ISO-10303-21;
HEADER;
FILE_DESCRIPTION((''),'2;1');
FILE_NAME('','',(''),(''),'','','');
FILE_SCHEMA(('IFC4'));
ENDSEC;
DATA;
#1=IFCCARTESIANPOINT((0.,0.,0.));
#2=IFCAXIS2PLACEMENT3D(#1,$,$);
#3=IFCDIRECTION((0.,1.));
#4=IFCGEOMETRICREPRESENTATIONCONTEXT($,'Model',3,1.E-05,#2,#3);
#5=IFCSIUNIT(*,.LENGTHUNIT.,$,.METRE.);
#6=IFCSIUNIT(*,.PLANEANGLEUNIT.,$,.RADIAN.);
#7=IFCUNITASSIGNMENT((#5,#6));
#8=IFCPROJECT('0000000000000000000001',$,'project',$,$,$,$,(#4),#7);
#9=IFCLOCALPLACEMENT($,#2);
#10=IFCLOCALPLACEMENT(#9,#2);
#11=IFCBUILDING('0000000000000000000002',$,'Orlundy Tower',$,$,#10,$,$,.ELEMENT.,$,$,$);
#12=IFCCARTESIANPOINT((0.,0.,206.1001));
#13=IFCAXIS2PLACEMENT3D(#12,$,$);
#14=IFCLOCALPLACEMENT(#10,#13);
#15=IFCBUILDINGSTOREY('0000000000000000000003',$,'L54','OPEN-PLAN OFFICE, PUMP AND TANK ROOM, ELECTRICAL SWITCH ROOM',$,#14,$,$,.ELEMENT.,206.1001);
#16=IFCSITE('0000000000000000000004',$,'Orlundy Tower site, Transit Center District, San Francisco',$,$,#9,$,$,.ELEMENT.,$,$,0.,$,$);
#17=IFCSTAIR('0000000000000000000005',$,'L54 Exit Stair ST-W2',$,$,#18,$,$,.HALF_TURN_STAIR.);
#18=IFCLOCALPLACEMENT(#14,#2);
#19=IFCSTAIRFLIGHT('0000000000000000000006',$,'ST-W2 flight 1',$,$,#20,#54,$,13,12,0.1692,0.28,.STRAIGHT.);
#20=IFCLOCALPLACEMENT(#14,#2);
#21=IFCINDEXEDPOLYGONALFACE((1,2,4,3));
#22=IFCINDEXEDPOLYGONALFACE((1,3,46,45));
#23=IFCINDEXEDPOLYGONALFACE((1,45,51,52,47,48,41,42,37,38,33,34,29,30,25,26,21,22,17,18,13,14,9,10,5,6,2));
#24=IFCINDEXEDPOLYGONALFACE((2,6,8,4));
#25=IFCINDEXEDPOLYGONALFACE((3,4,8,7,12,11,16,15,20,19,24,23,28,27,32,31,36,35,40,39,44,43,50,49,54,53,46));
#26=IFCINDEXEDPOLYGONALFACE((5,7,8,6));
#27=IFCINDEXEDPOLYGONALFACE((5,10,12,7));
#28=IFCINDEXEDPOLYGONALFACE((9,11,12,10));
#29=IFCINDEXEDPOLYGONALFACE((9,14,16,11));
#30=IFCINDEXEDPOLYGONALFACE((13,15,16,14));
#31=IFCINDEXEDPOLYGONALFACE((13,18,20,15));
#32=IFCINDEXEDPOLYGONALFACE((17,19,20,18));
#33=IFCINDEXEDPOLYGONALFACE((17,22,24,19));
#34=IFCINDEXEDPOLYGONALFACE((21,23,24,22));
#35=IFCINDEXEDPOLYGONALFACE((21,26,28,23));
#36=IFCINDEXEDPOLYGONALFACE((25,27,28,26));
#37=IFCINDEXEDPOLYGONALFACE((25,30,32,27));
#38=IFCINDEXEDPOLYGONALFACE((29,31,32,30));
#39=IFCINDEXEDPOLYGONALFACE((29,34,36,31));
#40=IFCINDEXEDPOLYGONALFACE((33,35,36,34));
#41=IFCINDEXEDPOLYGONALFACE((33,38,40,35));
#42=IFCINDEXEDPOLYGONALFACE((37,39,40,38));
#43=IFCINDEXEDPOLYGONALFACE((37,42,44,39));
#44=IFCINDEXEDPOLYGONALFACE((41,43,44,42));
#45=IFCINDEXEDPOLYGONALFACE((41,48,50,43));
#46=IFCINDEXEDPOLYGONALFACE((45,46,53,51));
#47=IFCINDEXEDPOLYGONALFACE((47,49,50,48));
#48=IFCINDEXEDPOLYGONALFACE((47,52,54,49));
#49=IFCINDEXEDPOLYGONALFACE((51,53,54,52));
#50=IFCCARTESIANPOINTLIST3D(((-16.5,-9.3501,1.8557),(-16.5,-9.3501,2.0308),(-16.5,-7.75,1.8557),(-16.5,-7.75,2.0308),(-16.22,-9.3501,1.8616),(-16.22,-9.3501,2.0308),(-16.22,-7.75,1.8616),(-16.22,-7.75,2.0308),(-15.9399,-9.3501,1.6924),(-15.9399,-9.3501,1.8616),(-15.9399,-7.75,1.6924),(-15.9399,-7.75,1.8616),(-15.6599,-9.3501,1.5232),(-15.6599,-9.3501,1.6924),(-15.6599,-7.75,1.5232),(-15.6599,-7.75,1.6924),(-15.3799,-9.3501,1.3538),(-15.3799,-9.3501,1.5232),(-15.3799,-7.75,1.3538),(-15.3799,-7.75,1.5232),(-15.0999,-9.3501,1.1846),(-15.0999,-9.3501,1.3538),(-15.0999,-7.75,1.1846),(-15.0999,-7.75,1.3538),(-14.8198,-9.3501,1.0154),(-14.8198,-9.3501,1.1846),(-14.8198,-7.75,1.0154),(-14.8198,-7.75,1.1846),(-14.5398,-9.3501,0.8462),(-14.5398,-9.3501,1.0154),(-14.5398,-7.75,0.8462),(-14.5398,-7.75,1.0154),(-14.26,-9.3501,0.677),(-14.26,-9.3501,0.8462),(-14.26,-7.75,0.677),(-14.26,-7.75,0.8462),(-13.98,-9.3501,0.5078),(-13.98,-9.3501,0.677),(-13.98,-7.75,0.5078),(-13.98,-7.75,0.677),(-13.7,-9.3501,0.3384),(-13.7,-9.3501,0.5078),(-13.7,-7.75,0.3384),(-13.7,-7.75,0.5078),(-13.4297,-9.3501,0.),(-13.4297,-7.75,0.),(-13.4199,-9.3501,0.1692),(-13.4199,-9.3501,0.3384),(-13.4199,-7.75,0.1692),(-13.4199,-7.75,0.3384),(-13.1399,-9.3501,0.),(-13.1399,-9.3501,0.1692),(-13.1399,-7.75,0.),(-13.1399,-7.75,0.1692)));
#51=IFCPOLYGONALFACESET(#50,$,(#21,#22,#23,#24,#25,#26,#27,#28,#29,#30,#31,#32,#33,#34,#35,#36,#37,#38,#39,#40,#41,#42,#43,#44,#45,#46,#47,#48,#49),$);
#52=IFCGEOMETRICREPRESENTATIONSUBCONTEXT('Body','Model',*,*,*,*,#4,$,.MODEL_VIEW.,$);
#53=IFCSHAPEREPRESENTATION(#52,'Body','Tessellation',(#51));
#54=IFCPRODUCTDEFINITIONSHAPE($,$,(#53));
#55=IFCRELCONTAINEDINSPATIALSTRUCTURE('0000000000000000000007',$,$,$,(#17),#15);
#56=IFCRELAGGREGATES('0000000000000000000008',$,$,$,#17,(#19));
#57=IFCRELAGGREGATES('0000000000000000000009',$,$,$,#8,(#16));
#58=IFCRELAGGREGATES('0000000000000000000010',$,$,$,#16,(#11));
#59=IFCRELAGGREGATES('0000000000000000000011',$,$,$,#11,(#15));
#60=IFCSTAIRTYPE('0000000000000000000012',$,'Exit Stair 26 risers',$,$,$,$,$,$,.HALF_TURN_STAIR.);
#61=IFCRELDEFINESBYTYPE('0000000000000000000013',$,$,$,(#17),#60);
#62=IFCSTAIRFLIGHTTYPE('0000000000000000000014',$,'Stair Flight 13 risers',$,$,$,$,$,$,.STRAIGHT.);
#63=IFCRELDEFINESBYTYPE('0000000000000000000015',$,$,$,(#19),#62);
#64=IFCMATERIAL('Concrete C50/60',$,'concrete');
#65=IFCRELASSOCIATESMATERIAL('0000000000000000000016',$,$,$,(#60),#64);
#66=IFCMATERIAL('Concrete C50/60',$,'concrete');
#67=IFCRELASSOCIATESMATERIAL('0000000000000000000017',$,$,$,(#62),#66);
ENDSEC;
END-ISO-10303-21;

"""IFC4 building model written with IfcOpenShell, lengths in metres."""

from ifc_helpers import new_model, si_unit, direction, frame, origin, place, context, subcontext, project, spatial, polyline, outline, extrude, material, type_object, element, aggregate, save


model = new_model("IFC4")

# Units and contexts
model_context = context("Model", 3, precision=1e-05, world=origin(), true_north=direction((0.0, 1.0)))
body_context = subcontext(model_context, "Body", "Model", "MODEL_VIEW")
ifc_project = project(units=[si_unit("LENGTHUNIT", "METRE"), si_unit("PLANEANGLEUNIT", "RADIAN")], contexts=[model_context])

# Site, building, storey
site_placement = place(None, origin())
site = spatial("IfcSite", under=ifc_project, at=site_placement, Name="Orlundy Tower site, Transit Center District, San Francisco", CompositionType="ELEMENT", RefElevation=0.0)
building_placement = place(site_placement, origin())
building = spatial("IfcBuilding", under=site, at=building_placement, Name="Orlundy Tower", CompositionType="ELEMENT")
storey_placement = place(building_placement, frame((0.0, 0.0, 206.1001)))
storey = spatial("IfcBuildingStorey", under=building, at=storey_placement, Name="L54", Description="OPEN-PLAN OFFICE, PUMP AND TANK ROOM, ELECTRICAL SWITCH ROOM", CompositionType="ELEMENT", Elevation=206.1001)

# Stair, stair flight
ifc_material_1 = material(Name="Concrete C50/60", Category="concrete")
stair_type = type_object("IfcStairType", Name="Exit Stair 26 risers", PredefinedType="HALF_TURN_STAIR", material=ifc_material_1)
ifc_material_2 = material(Name="Concrete C50/60", Category="concrete")
stair_flight_type = type_object("IfcStairFlightType", Name="Stair Flight 13 risers", PredefinedType="STRAIGHT", material=ifc_material_2)
stair_1_placement = place(storey_placement, origin())
stair_1 = element("IfcStair", 1, at=stair_1_placement, inside=storey, type_object=stair_type, Name="L54 Exit Stair ST-W2", PredefinedType="HALF_TURN_STAIR")
stair_flight_1_placement = place(storey_placement, frame((-13.1399, -8.55, 0.0), z_axis=(0.0, 0.0, 1.0), x_axis=(-1.0, 0.0, 0.0)))
stair_flight_1 = element("IfcStairFlight", 2, at=stair_flight_1_placement, type_object=stair_flight_type, Name="ST-W2 flight 1", NumberOfRisers=13, NumberOfTreads=12, PredefinedType="STRAIGHT", RiserHeight=0.1692, TreadLength=0.28, context=body_context, shape_type="SweptSolid", body=[
    extrude(outline(polyline([(0.0, 0.0), (0.0, 0.1692), (0.28, 0.1692), (0.28, 0.3384), (0.5601, 0.3384), (0.5601, 0.5078), (0.8401, 0.5078), (0.8401, 0.677), (1.1201, 0.677), (1.1201, 0.8462), (1.3999, 0.8462), (1.3999, 1.0154), (1.6799, 1.0154), (1.6799, 1.1846), (1.96, 1.1846), (1.96, 1.3538), (2.24, 1.3538), (2.24, 1.5232), (2.52, 1.5232), (2.52, 1.6924), (2.8, 1.6924), (2.8, 1.8616), (3.0801, 1.8616), (3.0801, 2.0308), (3.3601, 2.0308), (3.3601, 2.2), (3.3601, 1.8557), (0.2898, 0.0), (0.0, 0.0)])), frame((0.0, 0.8, 0.0), z_axis=(0.0, -1.0, 0.0), x_axis=(1.0, 0.0, 0.0)), (0.0, 0.0, 1.0), 1.6001),
])
aggregate(stair_1, [stair_flight_1])

save(model, "model.ifc")
